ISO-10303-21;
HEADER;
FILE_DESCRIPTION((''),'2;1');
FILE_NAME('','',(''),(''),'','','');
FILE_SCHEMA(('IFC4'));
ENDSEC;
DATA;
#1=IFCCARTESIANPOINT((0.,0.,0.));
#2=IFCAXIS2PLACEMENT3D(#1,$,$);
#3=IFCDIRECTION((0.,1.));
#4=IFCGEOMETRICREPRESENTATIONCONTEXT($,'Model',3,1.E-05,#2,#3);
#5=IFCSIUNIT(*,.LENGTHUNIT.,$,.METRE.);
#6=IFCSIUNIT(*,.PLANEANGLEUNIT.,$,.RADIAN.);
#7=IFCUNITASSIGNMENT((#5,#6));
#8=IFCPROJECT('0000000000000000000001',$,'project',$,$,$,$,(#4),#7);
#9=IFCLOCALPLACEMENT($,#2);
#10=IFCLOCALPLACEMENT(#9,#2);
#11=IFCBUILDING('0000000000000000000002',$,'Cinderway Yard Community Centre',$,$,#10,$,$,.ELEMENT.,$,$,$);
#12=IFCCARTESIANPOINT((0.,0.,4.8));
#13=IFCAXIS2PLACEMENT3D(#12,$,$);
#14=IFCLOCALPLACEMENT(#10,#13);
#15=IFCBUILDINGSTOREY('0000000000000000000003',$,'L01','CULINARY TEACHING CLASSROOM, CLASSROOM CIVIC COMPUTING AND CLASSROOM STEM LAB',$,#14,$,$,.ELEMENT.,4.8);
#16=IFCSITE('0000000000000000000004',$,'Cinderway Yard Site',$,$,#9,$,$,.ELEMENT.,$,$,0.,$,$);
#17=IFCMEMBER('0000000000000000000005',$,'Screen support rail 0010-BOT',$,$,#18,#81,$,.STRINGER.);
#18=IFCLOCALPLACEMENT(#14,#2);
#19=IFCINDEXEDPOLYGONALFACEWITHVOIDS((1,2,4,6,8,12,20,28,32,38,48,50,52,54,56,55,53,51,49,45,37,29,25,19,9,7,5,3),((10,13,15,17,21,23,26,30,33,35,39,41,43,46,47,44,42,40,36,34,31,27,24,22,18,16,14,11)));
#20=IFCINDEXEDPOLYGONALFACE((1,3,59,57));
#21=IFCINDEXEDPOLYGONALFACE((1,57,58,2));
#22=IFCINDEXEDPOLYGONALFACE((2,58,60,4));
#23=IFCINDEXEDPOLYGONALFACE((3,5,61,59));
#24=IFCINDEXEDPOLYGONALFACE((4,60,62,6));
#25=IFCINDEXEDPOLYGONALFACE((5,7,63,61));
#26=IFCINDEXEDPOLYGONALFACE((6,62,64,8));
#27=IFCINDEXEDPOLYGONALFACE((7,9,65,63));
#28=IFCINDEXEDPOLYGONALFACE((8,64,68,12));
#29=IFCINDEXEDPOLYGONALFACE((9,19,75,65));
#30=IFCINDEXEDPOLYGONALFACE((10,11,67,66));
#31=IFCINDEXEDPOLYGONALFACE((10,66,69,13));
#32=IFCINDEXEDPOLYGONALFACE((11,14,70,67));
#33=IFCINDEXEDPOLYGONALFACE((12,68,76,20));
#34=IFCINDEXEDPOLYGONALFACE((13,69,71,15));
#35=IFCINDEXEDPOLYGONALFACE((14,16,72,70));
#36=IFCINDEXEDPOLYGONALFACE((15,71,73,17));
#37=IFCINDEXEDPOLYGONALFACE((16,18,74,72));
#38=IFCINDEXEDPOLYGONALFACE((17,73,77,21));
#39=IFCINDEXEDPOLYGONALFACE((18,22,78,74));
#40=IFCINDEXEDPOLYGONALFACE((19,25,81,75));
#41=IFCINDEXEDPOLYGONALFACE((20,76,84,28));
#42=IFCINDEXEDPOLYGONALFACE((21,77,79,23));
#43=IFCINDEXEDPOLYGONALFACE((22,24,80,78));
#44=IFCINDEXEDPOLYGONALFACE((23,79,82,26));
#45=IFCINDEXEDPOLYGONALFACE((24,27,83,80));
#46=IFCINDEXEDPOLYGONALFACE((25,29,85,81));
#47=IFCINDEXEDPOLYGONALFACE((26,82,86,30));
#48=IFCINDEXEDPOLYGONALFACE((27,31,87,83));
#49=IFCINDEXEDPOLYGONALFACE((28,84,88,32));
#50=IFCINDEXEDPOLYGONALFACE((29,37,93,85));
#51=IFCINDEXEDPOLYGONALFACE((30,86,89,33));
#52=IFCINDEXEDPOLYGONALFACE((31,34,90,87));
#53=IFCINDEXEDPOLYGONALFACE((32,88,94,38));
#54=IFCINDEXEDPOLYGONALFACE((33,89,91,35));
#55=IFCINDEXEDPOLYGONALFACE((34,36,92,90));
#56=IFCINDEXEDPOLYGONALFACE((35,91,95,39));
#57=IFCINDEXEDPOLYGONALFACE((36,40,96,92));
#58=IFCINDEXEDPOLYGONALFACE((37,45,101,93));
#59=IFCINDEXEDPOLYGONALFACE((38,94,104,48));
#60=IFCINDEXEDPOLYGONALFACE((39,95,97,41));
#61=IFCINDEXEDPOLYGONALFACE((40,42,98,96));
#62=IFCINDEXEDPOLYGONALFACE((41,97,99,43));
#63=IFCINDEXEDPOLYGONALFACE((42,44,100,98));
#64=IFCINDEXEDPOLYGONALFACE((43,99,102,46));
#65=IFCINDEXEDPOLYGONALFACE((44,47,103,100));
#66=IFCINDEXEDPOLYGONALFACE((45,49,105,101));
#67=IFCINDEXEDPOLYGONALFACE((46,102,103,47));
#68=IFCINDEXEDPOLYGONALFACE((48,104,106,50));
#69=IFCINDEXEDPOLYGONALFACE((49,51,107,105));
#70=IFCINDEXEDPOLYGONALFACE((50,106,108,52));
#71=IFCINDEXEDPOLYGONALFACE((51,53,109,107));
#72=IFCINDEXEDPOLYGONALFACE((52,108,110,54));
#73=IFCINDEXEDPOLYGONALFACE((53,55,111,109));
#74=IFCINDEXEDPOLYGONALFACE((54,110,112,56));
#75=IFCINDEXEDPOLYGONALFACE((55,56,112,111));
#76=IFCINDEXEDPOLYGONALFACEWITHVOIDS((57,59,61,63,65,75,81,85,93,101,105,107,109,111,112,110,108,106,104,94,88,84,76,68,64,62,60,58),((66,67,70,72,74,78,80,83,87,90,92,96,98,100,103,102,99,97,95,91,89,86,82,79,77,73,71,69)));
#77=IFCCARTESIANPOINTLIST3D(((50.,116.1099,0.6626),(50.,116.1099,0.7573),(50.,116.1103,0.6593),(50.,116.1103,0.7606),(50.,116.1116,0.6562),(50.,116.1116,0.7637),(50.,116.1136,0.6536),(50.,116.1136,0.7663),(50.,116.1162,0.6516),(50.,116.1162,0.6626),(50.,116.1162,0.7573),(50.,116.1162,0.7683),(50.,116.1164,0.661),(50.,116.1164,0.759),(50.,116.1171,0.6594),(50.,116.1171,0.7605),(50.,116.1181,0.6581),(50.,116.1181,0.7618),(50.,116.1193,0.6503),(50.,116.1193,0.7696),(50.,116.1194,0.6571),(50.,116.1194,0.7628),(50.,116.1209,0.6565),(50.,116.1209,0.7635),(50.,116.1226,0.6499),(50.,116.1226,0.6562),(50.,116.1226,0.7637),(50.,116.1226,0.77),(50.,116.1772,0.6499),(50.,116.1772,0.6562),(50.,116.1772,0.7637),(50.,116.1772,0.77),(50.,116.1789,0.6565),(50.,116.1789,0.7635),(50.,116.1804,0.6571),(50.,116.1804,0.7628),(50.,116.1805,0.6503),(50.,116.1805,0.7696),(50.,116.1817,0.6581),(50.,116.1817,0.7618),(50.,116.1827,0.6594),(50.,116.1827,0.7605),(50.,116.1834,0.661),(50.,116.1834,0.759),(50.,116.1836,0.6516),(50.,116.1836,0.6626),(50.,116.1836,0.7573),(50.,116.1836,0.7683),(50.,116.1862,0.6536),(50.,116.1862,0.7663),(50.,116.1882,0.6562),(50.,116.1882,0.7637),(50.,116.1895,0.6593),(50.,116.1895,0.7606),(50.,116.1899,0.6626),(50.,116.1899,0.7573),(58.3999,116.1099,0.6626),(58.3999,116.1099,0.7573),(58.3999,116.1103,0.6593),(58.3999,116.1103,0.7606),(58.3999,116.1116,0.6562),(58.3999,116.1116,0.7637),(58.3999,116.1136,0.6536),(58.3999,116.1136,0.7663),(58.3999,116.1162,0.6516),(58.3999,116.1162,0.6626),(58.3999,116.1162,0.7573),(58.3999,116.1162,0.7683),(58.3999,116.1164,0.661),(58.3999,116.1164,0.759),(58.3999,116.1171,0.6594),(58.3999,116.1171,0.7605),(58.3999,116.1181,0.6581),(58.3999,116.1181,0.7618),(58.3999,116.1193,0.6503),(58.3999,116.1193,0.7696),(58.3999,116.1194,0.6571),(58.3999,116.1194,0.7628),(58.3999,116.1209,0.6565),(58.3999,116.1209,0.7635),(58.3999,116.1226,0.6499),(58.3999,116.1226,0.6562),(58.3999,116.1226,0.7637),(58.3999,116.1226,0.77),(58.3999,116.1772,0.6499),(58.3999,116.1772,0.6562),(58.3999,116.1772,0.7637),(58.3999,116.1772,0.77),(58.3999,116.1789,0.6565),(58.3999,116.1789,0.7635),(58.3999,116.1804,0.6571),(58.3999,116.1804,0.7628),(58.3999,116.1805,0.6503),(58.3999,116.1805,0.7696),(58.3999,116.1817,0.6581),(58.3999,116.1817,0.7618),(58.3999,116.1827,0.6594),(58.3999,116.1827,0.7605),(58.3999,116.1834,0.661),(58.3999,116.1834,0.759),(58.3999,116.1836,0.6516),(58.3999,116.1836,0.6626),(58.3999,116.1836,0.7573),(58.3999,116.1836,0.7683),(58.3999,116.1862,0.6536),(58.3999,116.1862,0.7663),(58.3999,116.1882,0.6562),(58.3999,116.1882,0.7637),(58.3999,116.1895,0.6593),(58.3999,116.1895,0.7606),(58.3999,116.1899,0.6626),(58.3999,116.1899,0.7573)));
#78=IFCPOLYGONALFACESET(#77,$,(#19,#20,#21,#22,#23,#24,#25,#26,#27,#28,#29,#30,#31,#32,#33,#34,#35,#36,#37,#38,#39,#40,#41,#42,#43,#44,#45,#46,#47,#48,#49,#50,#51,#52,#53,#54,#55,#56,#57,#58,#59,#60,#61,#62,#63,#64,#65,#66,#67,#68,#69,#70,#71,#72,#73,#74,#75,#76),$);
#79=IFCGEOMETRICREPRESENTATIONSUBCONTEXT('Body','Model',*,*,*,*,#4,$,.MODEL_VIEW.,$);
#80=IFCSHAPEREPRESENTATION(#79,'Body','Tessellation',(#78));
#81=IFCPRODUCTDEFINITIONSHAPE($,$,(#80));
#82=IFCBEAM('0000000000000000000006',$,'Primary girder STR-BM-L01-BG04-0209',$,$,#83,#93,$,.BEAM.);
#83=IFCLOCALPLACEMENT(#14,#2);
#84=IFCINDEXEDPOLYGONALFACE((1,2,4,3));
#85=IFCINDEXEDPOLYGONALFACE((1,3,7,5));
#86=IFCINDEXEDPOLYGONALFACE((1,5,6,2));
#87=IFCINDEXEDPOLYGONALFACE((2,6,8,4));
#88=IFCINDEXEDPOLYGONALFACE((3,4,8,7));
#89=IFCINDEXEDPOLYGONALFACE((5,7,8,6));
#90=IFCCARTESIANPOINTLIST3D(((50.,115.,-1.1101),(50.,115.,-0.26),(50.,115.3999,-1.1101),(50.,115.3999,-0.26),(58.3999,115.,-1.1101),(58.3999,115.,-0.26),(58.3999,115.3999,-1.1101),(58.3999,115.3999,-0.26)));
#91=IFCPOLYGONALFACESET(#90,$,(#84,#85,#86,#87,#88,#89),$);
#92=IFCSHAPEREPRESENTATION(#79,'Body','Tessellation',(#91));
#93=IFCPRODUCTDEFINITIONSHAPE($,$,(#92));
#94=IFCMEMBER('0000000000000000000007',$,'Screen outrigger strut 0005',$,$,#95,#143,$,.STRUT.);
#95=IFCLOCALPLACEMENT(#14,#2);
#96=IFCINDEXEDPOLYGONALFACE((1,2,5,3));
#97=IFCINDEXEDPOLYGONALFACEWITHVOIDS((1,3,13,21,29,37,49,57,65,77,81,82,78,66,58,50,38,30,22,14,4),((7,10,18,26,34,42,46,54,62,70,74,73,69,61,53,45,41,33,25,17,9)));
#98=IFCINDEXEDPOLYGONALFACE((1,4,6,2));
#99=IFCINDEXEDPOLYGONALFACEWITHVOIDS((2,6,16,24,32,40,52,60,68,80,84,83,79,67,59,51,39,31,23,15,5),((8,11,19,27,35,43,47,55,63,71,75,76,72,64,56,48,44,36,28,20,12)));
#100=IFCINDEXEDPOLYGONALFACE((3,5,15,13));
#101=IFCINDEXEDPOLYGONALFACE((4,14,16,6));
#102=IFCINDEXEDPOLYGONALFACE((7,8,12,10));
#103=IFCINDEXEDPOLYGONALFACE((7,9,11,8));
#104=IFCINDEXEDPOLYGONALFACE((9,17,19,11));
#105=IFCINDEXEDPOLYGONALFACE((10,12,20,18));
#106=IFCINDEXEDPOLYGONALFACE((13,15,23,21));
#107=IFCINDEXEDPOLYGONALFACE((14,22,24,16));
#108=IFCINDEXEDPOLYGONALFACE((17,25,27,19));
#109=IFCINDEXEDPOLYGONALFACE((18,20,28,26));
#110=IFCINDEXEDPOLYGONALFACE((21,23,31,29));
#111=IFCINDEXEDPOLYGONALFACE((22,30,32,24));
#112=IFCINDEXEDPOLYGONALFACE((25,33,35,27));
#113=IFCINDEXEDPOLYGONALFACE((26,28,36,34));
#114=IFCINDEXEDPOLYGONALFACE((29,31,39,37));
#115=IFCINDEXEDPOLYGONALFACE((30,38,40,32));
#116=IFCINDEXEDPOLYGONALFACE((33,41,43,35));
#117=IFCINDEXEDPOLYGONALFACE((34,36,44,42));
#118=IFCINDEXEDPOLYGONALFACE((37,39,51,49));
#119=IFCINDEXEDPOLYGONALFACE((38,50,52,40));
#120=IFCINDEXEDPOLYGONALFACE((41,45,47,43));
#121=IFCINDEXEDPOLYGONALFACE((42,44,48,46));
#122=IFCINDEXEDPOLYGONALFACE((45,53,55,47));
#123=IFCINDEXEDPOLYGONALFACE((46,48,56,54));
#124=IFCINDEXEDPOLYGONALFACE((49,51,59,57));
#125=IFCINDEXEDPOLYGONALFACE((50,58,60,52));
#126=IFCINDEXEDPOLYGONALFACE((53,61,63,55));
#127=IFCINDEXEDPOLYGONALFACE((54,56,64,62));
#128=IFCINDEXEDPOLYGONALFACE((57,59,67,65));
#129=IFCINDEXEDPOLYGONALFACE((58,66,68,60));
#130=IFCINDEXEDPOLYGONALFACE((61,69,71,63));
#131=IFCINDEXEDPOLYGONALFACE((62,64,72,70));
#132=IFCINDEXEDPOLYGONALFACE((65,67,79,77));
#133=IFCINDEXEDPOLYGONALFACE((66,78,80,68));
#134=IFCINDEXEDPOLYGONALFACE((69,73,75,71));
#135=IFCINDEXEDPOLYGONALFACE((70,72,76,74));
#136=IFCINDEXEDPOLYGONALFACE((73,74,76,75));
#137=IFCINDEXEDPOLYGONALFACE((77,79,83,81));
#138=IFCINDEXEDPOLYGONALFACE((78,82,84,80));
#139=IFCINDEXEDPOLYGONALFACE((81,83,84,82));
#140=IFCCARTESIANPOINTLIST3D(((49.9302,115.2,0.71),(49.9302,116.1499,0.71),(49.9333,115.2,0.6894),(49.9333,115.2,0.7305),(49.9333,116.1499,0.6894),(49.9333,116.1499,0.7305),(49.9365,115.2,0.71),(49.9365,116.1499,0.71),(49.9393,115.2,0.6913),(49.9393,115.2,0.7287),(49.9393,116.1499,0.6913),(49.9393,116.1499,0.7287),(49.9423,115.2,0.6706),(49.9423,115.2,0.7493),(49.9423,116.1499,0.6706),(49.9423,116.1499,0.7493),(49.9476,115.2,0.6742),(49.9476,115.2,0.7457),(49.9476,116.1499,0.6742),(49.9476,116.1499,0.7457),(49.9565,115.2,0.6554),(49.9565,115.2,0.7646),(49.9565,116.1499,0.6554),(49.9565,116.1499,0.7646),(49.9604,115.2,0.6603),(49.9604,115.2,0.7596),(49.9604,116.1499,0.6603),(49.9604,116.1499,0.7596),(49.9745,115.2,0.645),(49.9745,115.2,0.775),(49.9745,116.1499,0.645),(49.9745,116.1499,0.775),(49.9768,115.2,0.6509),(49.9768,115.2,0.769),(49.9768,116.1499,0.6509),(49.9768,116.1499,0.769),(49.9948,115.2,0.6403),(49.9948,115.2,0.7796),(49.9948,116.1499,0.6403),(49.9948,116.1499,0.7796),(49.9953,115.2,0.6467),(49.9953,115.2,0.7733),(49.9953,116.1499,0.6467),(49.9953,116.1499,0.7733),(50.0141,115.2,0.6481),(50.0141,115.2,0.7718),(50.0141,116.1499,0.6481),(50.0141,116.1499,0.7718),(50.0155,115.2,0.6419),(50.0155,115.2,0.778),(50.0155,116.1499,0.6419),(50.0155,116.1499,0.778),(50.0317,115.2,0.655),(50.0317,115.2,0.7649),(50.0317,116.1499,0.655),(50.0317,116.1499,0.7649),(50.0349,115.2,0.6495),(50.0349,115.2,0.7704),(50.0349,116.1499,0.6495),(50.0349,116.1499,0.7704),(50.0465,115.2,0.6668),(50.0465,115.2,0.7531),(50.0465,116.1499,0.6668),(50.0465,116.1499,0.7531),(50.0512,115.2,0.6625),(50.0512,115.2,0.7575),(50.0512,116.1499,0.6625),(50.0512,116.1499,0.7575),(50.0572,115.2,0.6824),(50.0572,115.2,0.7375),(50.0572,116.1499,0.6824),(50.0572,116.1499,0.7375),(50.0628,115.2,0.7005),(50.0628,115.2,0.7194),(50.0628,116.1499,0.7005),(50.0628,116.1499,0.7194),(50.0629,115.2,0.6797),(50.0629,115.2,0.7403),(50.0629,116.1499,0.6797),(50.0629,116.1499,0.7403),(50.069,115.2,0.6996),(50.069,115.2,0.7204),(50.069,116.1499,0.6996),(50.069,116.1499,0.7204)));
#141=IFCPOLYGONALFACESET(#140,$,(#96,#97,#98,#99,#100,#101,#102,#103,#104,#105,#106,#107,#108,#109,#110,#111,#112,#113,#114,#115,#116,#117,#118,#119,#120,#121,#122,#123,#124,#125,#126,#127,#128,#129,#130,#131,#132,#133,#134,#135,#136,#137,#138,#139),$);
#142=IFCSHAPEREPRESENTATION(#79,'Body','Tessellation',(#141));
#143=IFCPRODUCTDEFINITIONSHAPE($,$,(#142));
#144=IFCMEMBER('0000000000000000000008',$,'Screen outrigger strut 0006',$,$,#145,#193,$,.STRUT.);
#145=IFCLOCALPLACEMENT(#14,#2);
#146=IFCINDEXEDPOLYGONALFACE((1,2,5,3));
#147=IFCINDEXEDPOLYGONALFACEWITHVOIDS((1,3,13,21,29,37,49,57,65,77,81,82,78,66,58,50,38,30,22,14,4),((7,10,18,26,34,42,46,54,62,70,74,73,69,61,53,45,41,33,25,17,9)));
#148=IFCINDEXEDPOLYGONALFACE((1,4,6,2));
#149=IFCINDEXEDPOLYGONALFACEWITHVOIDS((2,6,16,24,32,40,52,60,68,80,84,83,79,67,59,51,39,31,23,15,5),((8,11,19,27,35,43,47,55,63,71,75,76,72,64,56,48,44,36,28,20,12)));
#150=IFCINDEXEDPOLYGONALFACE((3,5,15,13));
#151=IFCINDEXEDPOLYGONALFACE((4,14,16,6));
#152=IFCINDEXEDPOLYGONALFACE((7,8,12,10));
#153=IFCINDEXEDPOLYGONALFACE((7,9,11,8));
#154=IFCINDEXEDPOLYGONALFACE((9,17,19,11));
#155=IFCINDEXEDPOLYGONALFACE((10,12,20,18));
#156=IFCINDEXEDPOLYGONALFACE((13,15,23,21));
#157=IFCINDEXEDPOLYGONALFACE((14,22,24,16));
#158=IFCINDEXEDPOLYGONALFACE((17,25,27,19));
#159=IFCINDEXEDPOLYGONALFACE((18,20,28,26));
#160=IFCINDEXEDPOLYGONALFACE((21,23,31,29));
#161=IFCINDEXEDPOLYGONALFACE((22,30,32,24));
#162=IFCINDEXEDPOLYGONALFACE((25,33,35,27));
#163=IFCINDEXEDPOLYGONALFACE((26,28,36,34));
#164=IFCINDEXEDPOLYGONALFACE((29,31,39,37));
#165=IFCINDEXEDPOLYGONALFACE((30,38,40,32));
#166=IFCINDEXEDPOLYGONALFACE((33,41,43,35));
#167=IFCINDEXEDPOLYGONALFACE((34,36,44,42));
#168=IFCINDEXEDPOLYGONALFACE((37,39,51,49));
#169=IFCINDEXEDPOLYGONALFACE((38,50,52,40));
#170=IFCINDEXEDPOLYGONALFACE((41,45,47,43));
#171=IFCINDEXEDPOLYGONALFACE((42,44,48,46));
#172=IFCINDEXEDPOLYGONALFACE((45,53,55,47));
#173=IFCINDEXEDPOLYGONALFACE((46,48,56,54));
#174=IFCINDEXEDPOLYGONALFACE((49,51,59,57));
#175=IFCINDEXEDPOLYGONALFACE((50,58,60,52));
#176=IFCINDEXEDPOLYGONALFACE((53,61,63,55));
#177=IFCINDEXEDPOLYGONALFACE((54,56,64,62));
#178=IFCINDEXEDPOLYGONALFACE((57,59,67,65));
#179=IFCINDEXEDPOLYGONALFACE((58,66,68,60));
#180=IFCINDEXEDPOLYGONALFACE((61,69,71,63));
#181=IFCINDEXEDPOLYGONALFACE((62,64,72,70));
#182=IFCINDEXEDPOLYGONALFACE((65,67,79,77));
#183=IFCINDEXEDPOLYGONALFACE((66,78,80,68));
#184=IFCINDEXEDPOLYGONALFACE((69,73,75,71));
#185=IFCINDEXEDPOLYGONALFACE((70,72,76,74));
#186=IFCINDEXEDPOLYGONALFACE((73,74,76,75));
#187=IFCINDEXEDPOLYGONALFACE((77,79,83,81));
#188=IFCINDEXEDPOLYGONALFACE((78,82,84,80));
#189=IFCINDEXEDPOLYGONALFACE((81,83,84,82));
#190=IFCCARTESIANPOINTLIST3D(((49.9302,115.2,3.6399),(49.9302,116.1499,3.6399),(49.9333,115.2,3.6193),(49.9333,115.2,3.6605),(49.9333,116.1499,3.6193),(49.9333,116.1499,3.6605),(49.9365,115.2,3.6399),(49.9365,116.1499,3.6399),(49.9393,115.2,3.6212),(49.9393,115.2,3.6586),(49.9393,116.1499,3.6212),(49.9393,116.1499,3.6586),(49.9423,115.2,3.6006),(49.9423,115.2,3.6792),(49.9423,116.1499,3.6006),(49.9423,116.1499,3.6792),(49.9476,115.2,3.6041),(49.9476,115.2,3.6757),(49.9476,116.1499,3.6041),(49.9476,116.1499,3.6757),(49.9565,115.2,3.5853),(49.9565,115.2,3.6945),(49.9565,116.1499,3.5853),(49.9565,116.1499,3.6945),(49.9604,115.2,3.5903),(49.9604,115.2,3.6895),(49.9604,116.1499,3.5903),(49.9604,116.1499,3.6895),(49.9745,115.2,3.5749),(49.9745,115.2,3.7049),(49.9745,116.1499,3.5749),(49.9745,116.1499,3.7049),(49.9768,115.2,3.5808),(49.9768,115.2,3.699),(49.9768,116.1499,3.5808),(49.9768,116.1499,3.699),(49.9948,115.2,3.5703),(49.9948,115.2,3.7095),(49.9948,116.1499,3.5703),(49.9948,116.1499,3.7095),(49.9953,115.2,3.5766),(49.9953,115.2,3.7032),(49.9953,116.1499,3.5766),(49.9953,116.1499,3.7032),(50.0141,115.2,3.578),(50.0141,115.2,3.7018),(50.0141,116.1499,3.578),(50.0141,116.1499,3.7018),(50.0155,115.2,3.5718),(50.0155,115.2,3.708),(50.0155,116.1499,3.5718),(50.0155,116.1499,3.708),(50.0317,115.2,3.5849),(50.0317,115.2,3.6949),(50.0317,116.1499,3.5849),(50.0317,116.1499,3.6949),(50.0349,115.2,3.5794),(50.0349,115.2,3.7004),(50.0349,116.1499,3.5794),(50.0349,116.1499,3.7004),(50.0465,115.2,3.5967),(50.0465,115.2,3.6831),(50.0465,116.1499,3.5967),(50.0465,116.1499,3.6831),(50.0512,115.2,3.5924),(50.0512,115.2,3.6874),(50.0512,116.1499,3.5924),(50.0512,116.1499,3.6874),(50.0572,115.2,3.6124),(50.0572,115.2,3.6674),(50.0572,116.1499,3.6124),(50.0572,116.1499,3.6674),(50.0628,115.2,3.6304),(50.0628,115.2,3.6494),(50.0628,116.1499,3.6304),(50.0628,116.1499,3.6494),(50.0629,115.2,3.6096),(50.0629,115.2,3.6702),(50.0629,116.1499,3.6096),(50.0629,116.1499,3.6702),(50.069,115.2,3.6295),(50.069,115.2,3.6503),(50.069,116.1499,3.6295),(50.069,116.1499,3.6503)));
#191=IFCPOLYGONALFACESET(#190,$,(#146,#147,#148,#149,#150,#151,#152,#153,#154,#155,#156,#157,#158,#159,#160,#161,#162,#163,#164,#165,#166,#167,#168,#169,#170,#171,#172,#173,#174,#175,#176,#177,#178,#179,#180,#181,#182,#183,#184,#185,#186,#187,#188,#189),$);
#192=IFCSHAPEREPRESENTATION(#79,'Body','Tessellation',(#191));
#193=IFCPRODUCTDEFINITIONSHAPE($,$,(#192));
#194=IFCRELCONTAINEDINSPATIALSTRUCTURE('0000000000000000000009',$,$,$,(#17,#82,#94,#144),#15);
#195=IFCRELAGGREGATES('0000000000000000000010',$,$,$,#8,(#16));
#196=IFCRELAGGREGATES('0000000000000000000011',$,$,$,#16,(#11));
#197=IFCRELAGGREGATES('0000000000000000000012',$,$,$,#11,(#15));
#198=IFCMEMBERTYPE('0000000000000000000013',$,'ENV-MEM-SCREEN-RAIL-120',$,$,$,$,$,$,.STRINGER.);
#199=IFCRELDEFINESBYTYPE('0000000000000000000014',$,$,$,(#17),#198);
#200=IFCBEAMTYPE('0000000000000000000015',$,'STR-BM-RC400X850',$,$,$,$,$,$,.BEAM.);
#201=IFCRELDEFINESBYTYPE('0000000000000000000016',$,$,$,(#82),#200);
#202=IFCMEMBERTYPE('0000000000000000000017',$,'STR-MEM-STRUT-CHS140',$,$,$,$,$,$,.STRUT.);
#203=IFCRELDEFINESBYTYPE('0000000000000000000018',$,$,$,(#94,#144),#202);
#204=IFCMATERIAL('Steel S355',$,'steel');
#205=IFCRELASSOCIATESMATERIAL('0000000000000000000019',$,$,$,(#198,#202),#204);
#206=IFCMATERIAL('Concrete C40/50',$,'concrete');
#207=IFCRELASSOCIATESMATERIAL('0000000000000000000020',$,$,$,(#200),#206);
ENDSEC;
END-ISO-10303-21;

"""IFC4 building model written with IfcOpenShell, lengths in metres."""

from ifc_helpers import new_model, si_unit, direction, frame, origin, origin_2d, place, context, subcontext, project, spatial, rectangle, hollow_rectangle, hollow_circle, extrude, material, material_profile, profile_set, type_object, element, save


model = new_model("IFC4")

# Units and contexts
model_context = context("Model", 3, precision=1e-05, world=origin(), true_north=direction((0.0, 1.0)))
body_context = subcontext(model_context, "Body", "Model", "MODEL_VIEW")
ifc_project = project(units=[si_unit("LENGTHUNIT", "METRE"), si_unit("PLANEANGLEUNIT", "RADIAN")], contexts=[model_context])

# Site, building, storey
site_placement = place(None, origin())
site = spatial("IfcSite", under=ifc_project, at=site_placement, Name="Cinderway Yard Site", CompositionType="ELEMENT", RefElevation=0.0)
building_placement = place(site_placement, origin())
building = spatial("IfcBuilding", under=site, at=building_placement, Name="Cinderway Yard Community Centre", CompositionType="ELEMENT")
storey_placement = place(building_placement, frame((0.0, 0.0, 4.8)))
storey = spatial("IfcBuildingStorey", under=building, at=storey_placement, Name="L01", Description="CULINARY TEACHING CLASSROOM, CLASSROOM CIVIC COMPUTING AND CLASSROOM STEM LAB", CompositionType="ELEMENT", Elevation=4.8)

# Shared definitions
ifc_material_1 = material(Name="Concrete C40/50", Category="concrete")

# Member
ifc_material_2 = material(Name="Steel S355", Category="steel")
ifc_material_profile_1 = material_profile(ifc_material_2, hollow_rectangle(XDim=0.0801, YDim=0.1201, WallThickness=0.0063, InnerFilletRadius=0.0063, OuterFilletRadius=0.0127, at=origin_2d()), Name="Steel S355")
ifc_profile_set_1 = profile_set([ifc_material_profile_1], Name="Steel S355")
member_type_1 = type_object("IfcMemberType", Name="ENV-MEM-SCREEN-RAIL-120", PredefinedType="STRINGER", material=ifc_profile_set_1)
member_placement = place(storey_placement, frame((50.0, 116.1499, 0.71), z_axis=(1.0, 0.0, 0.0), x_axis=(0.0, 1.0, 0.0)))
element("IfcMember", 1, at=member_placement, inside=storey, type_object=member_type_1, Name="Screen support rail 0010-BOT", PredefinedType="STRINGER", context=body_context, shape_type="SweptSolid", body=[
    extrude(hollow_rectangle(XDim=0.0801, YDim=0.1201, WallThickness=0.0063, InnerFilletRadius=0.0063, OuterFilletRadius=0.0127, at=origin_2d()), origin(), (0.0, 0.0, 1.0), 8.3999),
])

# Beam
ifc_material_profile_2 = material_profile(ifc_material_1, rectangle(XDim=0.3999, YDim=0.8501, at=origin_2d()), Name="Concrete C40/50")
ifc_profile_set_2 = profile_set([ifc_material_profile_2], Name="Concrete C40/50")
beam_type = type_object("IfcBeamType", Name="STR-BM-RC400X850", PredefinedType="BEAM", material=ifc_profile_set_2)
beam_placement = place(storey_placement, frame((50.0, 115.2, -0.6851), z_axis=(1.0, 0.0, 0.0), x_axis=(0.0, 1.0, 0.0)))
element("IfcBeam", 2, at=beam_placement, inside=storey, type_object=beam_type, Name="Primary girder STR-BM-L01-BG04-0209", PredefinedType="BEAM", context=body_context, shape_type="SweptSolid", body=[
    extrude(rectangle(XDim=0.3999, YDim=0.8501, at=origin_2d()), origin(), (0.0, 0.0, 1.0), 8.3999),
])

# Members
ifc_material_profile_3 = material_profile(ifc_material_2, hollow_circle(Radius=0.0698, WallThickness=0.0063, at=origin_2d()), Name="Steel S355")
ifc_profile_set_3 = profile_set([ifc_material_profile_3], Name="Steel S355")
member_type_2 = type_object("IfcMemberType", Name="STR-MEM-STRUT-CHS140", PredefinedType="STRUT", material=ifc_profile_set_3)
for number, where, z_axis, x_axis, name in (
    (3, (50.0, 115.2, 0.71), (0.0, 1.0, 0.0), (-1.0, 0.0, 0.0), "Screen outrigger strut 0005"),
    (4, (50.0, 115.2, 3.6399), (0.0, 1.0, 0.0), (-1.0, 0.0, 0.0), "Screen outrigger strut 0006"),
):
    element("IfcMember", number, at=place(storey_placement, frame(where, z_axis=z_axis, x_axis=x_axis)), inside=storey, type_object=member_type_2, Name=name, PredefinedType="STRUT", context=body_context, shape_type="SweptSolid", body=[
        extrude(hollow_circle(Radius=0.0698, WallThickness=0.0063, at=origin_2d()), origin(), (0.0, 0.0, 1.0), 0.95),
    ])

save(model, "model.ifc")
